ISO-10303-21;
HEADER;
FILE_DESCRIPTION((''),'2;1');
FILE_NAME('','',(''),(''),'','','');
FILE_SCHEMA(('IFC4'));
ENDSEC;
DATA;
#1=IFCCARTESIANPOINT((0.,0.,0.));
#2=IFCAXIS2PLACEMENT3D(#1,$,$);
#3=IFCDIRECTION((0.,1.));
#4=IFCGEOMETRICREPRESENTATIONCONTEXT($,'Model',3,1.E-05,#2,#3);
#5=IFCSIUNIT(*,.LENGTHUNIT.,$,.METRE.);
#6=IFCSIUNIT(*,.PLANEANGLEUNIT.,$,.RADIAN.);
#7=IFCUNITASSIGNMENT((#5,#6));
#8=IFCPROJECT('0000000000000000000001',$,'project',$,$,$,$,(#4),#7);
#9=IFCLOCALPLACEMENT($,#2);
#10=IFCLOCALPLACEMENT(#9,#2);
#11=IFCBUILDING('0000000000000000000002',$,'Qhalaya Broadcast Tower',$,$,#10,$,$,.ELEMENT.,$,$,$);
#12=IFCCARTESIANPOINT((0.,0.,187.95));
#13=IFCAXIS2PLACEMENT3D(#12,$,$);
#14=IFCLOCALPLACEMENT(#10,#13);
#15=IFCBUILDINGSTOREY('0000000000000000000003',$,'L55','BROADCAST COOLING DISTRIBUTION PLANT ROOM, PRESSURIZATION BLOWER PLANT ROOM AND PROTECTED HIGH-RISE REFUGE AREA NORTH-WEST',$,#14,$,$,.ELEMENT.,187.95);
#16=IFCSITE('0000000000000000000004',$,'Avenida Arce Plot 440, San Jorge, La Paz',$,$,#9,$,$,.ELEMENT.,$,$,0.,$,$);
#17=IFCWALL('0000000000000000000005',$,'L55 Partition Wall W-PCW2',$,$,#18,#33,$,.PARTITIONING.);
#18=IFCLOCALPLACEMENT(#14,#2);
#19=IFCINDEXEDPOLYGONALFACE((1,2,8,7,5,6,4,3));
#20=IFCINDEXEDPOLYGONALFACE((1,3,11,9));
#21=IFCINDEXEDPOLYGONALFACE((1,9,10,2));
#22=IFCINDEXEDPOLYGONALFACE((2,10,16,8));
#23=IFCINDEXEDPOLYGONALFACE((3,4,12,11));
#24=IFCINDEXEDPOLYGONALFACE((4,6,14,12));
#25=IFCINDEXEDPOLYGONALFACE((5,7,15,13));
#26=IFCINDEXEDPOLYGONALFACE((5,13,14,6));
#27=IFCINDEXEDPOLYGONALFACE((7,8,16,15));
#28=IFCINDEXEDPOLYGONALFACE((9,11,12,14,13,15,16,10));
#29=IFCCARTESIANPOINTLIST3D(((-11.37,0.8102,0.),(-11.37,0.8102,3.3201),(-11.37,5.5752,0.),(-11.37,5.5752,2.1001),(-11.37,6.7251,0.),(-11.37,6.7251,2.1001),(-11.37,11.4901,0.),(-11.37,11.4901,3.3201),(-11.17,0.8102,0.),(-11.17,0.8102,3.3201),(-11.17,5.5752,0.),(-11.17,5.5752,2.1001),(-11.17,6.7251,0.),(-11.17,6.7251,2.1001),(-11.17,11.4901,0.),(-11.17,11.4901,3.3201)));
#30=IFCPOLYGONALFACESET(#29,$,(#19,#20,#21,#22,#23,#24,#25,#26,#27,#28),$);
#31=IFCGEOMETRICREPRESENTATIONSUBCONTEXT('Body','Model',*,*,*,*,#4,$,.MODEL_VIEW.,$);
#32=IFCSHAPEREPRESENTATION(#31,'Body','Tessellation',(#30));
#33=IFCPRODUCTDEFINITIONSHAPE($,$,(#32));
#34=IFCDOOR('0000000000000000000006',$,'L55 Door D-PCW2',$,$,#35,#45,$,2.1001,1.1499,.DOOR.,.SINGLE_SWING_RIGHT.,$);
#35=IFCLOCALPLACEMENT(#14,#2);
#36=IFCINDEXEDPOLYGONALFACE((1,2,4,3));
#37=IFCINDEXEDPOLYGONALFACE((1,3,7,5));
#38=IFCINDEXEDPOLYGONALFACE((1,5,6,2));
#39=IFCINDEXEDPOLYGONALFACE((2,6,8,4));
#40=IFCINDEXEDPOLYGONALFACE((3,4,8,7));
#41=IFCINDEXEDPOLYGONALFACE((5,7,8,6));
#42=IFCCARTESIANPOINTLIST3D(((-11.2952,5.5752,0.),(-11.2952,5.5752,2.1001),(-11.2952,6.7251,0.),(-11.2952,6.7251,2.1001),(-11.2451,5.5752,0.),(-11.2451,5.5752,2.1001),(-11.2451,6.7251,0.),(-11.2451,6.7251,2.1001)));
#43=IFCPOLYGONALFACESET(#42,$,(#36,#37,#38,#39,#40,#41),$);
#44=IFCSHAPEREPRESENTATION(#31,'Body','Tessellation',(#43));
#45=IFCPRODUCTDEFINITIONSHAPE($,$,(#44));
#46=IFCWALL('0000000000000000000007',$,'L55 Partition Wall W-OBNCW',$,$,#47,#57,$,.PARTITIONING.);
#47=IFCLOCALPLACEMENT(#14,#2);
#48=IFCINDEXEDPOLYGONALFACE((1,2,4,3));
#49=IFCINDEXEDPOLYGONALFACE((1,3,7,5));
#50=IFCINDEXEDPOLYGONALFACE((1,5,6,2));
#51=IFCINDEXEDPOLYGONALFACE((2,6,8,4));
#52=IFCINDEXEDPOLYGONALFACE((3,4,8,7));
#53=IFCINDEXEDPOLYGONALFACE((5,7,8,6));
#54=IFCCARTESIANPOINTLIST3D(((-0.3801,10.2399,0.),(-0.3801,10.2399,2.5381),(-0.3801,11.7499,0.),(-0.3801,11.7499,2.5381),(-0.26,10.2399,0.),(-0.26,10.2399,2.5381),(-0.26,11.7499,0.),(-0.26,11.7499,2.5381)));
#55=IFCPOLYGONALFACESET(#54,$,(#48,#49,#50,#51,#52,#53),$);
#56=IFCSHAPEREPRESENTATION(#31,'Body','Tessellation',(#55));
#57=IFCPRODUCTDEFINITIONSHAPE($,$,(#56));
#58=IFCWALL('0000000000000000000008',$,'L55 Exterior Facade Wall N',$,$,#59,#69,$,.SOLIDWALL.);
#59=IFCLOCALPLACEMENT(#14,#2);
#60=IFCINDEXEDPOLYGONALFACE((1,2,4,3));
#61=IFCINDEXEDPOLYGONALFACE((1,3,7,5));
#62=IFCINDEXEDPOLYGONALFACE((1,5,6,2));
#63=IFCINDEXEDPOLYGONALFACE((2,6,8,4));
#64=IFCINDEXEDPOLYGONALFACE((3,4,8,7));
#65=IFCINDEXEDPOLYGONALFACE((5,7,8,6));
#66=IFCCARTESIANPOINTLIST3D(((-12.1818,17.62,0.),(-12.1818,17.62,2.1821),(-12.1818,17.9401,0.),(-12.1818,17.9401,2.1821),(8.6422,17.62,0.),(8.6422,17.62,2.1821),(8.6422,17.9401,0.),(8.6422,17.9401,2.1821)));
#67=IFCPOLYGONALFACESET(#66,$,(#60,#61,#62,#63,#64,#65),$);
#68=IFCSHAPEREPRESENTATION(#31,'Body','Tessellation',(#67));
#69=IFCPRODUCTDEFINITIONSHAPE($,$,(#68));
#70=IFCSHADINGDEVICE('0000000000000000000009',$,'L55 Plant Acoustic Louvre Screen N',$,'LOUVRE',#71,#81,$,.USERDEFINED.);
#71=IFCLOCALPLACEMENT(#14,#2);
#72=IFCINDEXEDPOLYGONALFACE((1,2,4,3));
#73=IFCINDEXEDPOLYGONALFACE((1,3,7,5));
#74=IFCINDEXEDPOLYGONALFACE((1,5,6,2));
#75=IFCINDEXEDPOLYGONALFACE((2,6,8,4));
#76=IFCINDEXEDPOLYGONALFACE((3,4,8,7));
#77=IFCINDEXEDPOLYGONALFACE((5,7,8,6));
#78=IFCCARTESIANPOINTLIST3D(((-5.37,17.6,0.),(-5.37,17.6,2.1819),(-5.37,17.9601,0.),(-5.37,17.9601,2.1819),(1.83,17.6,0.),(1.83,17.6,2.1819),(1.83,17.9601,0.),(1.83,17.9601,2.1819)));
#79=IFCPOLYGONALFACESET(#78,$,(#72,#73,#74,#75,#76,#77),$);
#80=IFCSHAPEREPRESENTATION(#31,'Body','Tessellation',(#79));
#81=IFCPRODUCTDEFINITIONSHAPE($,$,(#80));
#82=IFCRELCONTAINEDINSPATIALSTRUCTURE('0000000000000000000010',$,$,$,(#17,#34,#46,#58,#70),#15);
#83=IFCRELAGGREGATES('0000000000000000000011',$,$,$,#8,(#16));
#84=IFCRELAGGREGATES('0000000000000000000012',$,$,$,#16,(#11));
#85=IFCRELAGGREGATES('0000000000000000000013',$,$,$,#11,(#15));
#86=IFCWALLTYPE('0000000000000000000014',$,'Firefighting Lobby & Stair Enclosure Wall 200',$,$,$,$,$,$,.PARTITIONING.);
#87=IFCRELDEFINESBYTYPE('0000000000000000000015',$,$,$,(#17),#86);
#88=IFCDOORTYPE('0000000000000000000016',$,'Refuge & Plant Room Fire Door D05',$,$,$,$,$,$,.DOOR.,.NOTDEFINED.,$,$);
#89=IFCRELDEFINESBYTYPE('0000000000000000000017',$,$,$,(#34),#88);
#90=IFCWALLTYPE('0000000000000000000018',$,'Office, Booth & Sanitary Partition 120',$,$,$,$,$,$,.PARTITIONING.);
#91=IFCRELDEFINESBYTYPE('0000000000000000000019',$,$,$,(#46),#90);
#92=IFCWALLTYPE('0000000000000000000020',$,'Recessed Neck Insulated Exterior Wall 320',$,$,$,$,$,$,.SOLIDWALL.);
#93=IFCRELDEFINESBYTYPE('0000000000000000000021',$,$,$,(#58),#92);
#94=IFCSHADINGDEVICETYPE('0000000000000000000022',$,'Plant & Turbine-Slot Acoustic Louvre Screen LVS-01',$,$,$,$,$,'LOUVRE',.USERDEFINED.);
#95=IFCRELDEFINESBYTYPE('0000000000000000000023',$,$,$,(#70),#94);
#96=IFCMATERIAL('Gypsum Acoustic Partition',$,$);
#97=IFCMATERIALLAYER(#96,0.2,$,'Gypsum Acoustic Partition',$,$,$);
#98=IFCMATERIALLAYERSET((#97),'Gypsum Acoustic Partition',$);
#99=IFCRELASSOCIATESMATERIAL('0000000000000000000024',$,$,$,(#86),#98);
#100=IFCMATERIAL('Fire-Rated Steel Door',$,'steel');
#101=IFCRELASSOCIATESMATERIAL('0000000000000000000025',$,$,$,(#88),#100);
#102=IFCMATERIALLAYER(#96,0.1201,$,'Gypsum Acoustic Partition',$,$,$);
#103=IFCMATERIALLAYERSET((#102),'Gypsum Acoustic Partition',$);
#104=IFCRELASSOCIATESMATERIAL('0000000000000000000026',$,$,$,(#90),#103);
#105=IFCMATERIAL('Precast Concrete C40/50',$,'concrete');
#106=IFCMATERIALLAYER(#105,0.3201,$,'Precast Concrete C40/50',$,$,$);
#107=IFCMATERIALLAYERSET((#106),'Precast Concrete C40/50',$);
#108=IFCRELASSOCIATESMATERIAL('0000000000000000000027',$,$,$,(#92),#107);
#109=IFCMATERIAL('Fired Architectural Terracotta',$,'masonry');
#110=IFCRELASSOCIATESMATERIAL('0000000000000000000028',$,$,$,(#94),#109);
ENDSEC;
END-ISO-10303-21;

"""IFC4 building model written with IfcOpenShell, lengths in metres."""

from ifc_helpers import new_model, si_unit, direction, frame, frame_2d, origin, origin_2d, place, context, subcontext, project, spatial, rectangle, extrude, material, layer, layer_set, type_object, element, fill, save


model = new_model("IFC4")

# Units and contexts
model_context = context("Model", 3, precision=1e-05, world=origin(), true_north=direction((0.0, 1.0)))
body_context = subcontext(model_context, "Body", "Model", "MODEL_VIEW")
ifc_project = project(units=[si_unit("LENGTHUNIT", "METRE"), si_unit("PLANEANGLEUNIT", "RADIAN")], contexts=[model_context])

# Site, building, storey
site_placement = place(None, origin())
site = spatial("IfcSite", under=ifc_project, at=site_placement, Name="Avenida Arce Plot 440, San Jorge, La Paz", CompositionType="ELEMENT", RefElevation=0.0)
building_placement = place(site_placement, origin())
building = spatial("IfcBuilding", under=site, at=building_placement, Name="Qhalaya Broadcast Tower", CompositionType="ELEMENT")
storey_placement = place(building_placement, frame((0.0, 0.0, 187.95)))
storey = spatial("IfcBuildingStorey", under=building, at=storey_placement, Name="L55", Description="BROADCAST COOLING DISTRIBUTION PLANT ROOM, PRESSURIZATION BLOWER PLANT ROOM AND PROTECTED HIGH-RISE REFUGE AREA NORTH-WEST", CompositionType="ELEMENT", Elevation=187.95)

# Shared definitions
ifc_material_1 = material(Name="Gypsum Acoustic Partition")
ifc_layer_1 = layer(ifc_material_1, 0.2, Name="Gypsum Acoustic Partition")
ifc_layer_set_1 = layer_set([ifc_layer_1], Name="Gypsum Acoustic Partition")
wall_type_1 = type_object("IfcWallType", Name="Firefighting Lobby & Stair Enclosure Wall 200", PredefinedType="PARTITIONING", material=ifc_layer_set_1)
ifc_material_2 = material(Name="Fire-Rated Steel Door", Category="steel")
door_type = type_object("IfcDoorType", Name="Refuge & Plant Room Fire Door D05", OperationType="NOTDEFINED", PredefinedType="DOOR", material=ifc_material_2)

# Wall, opening, door
wall_1_placement = place(storey_placement, frame((-11.27, 11.49, 0.0), z_axis=(0.0, 0.0, 1.0), x_axis=(0.0, -1.0, 0.0)))
wall_1 = element("IfcWall", 1, at=wall_1_placement, inside=storey, type_object=wall_type_1, Name="L55 Partition Wall W-PCW2", PredefinedType="PARTITIONING", context=body_context, shape_type="SweptSolid", body=[
    extrude(rectangle(XDim=10.6799, YDim=0.2, at=frame_2d((5.3398, 0.0))), origin(), (0.0, 0.0, 1.0), 3.3201),
])
opening_1_placement = place(wall_1_placement, frame((4.7649, 0.0, 0.0)))
opening_1 = element("IfcOpeningElement", 2, at=opening_1_placement, cuts=wall_1, PredefinedType="OPENING", context=body_context, shape_type="SweptSolid", body=[
    extrude(rectangle(XDim=1.1499, YDim=2.1001, at=frame_2d((0.575, 1.05))), frame((0.0, 0.1121, 0.0), z_axis=(0.0, -1.0, 0.0), x_axis=(1.0, 0.0, 0.0)), (0.0, 0.0, 1.0), 0.2239),
])
door_1_placement = place(opening_1_placement, origin())
door_1 = element("IfcDoor", 3, at=door_1_placement, inside=storey, type_object=door_type, Name="L55 Door D-PCW2", OperationType="SINGLE_SWING_RIGHT", OverallHeight=2.1001, OverallWidth=1.1499, PredefinedType="DOOR", context=body_context, shape_type="SweptSolid", body=[
    extrude(rectangle(XDim=1.1499, YDim=2.1001, at=frame_2d((0.575, 1.05))), frame((0.0, 0.0249, 0.0), z_axis=(0.0, -1.0, 0.0), x_axis=(1.0, 0.0, 0.0)), (0.0, 0.0, 1.0), 0.05),
])
fill(opening_1, door_1)

# Walls
ifc_layer_2 = layer(ifc_material_1, 0.1201, Name="Gypsum Acoustic Partition")
ifc_layer_set_2 = layer_set([ifc_layer_2], Name="Gypsum Acoustic Partition")
wall_type_2 = type_object("IfcWallType", Name="Office, Booth & Sanitary Partition 120", PredefinedType="PARTITIONING", material=ifc_layer_set_2)
wall_2_placement = place(storey_placement, frame((-0.3201, 10.24, 0.0), z_axis=(0.0, 0.0, 1.0), x_axis=(0.0, 1.0, 0.0)))
element("IfcWall", 4, at=wall_2_placement, inside=storey, type_object=wall_type_2, Name="L55 Partition Wall W-OBNCW", PredefinedType="PARTITIONING", context=body_context, shape_type="SweptSolid", body=[
    extrude(rectangle(XDim=1.51, YDim=0.1201, at=frame_2d((0.7549, 0.0))), origin(), (0.0, 0.0, 1.0), 2.5381),
])
ifc_material_3 = material(Name="Precast Concrete C40/50", Category="concrete")
ifc_layer_3 = layer(ifc_material_3, 0.3201, Name="Precast Concrete C40/50")
ifc_layer_set_3 = layer_set([ifc_layer_3], Name="Precast Concrete C40/50")
wall_type_3 = type_object("IfcWallType", Name="Recessed Neck Insulated Exterior Wall 320", PredefinedType="SOLIDWALL", material=ifc_layer_set_3)
wall_3_placement = place(storey_placement, frame((-12.1819, 17.78, 0.0), z_axis=(0.0, 0.0, 1.0), x_axis=(1.0, 0.0, 0.0)))
element("IfcWall", 5, at=wall_3_placement, inside=storey, type_object=wall_type_3, Name="L55 Exterior Facade Wall N", PredefinedType="SOLIDWALL", context=body_context, shape_type="SweptSolid", body=[
    extrude(rectangle(XDim=20.824, YDim=0.3201, at=frame_2d((10.4121, 0.0))), origin(), (0.0, 0.0, 1.0), 2.1821),
])

# Shading device
ifc_material_4 = material(Name="Fired Architectural Terracotta", Category="masonry")
shading_device_type = type_object("IfcShadingDeviceType", Name="Plant & Turbine-Slot Acoustic Louvre Screen LVS-01", ElementType="LOUVRE", PredefinedType="USERDEFINED", material=ifc_material_4)
shading_device_placement = place(storey_placement, frame((-1.77, 17.78, 0.0), z_axis=(0.0, 0.0, 1.0), x_axis=(1.0, 0.0, 0.0)))
element("IfcShadingDevice", 6, at=shading_device_placement, inside=storey, type_object=shading_device_type, Name="L55 Plant Acoustic Louvre Screen N", ObjectType="LOUVRE", PredefinedType="USERDEFINED", context=body_context, shape_type="SweptSolid", body=[
    extrude(rectangle(XDim=7.2, YDim=0.3601, at=origin_2d()), origin(), (0.0, 0.0, 1.0), 2.1819),
])

save(model, "model.ifc")
